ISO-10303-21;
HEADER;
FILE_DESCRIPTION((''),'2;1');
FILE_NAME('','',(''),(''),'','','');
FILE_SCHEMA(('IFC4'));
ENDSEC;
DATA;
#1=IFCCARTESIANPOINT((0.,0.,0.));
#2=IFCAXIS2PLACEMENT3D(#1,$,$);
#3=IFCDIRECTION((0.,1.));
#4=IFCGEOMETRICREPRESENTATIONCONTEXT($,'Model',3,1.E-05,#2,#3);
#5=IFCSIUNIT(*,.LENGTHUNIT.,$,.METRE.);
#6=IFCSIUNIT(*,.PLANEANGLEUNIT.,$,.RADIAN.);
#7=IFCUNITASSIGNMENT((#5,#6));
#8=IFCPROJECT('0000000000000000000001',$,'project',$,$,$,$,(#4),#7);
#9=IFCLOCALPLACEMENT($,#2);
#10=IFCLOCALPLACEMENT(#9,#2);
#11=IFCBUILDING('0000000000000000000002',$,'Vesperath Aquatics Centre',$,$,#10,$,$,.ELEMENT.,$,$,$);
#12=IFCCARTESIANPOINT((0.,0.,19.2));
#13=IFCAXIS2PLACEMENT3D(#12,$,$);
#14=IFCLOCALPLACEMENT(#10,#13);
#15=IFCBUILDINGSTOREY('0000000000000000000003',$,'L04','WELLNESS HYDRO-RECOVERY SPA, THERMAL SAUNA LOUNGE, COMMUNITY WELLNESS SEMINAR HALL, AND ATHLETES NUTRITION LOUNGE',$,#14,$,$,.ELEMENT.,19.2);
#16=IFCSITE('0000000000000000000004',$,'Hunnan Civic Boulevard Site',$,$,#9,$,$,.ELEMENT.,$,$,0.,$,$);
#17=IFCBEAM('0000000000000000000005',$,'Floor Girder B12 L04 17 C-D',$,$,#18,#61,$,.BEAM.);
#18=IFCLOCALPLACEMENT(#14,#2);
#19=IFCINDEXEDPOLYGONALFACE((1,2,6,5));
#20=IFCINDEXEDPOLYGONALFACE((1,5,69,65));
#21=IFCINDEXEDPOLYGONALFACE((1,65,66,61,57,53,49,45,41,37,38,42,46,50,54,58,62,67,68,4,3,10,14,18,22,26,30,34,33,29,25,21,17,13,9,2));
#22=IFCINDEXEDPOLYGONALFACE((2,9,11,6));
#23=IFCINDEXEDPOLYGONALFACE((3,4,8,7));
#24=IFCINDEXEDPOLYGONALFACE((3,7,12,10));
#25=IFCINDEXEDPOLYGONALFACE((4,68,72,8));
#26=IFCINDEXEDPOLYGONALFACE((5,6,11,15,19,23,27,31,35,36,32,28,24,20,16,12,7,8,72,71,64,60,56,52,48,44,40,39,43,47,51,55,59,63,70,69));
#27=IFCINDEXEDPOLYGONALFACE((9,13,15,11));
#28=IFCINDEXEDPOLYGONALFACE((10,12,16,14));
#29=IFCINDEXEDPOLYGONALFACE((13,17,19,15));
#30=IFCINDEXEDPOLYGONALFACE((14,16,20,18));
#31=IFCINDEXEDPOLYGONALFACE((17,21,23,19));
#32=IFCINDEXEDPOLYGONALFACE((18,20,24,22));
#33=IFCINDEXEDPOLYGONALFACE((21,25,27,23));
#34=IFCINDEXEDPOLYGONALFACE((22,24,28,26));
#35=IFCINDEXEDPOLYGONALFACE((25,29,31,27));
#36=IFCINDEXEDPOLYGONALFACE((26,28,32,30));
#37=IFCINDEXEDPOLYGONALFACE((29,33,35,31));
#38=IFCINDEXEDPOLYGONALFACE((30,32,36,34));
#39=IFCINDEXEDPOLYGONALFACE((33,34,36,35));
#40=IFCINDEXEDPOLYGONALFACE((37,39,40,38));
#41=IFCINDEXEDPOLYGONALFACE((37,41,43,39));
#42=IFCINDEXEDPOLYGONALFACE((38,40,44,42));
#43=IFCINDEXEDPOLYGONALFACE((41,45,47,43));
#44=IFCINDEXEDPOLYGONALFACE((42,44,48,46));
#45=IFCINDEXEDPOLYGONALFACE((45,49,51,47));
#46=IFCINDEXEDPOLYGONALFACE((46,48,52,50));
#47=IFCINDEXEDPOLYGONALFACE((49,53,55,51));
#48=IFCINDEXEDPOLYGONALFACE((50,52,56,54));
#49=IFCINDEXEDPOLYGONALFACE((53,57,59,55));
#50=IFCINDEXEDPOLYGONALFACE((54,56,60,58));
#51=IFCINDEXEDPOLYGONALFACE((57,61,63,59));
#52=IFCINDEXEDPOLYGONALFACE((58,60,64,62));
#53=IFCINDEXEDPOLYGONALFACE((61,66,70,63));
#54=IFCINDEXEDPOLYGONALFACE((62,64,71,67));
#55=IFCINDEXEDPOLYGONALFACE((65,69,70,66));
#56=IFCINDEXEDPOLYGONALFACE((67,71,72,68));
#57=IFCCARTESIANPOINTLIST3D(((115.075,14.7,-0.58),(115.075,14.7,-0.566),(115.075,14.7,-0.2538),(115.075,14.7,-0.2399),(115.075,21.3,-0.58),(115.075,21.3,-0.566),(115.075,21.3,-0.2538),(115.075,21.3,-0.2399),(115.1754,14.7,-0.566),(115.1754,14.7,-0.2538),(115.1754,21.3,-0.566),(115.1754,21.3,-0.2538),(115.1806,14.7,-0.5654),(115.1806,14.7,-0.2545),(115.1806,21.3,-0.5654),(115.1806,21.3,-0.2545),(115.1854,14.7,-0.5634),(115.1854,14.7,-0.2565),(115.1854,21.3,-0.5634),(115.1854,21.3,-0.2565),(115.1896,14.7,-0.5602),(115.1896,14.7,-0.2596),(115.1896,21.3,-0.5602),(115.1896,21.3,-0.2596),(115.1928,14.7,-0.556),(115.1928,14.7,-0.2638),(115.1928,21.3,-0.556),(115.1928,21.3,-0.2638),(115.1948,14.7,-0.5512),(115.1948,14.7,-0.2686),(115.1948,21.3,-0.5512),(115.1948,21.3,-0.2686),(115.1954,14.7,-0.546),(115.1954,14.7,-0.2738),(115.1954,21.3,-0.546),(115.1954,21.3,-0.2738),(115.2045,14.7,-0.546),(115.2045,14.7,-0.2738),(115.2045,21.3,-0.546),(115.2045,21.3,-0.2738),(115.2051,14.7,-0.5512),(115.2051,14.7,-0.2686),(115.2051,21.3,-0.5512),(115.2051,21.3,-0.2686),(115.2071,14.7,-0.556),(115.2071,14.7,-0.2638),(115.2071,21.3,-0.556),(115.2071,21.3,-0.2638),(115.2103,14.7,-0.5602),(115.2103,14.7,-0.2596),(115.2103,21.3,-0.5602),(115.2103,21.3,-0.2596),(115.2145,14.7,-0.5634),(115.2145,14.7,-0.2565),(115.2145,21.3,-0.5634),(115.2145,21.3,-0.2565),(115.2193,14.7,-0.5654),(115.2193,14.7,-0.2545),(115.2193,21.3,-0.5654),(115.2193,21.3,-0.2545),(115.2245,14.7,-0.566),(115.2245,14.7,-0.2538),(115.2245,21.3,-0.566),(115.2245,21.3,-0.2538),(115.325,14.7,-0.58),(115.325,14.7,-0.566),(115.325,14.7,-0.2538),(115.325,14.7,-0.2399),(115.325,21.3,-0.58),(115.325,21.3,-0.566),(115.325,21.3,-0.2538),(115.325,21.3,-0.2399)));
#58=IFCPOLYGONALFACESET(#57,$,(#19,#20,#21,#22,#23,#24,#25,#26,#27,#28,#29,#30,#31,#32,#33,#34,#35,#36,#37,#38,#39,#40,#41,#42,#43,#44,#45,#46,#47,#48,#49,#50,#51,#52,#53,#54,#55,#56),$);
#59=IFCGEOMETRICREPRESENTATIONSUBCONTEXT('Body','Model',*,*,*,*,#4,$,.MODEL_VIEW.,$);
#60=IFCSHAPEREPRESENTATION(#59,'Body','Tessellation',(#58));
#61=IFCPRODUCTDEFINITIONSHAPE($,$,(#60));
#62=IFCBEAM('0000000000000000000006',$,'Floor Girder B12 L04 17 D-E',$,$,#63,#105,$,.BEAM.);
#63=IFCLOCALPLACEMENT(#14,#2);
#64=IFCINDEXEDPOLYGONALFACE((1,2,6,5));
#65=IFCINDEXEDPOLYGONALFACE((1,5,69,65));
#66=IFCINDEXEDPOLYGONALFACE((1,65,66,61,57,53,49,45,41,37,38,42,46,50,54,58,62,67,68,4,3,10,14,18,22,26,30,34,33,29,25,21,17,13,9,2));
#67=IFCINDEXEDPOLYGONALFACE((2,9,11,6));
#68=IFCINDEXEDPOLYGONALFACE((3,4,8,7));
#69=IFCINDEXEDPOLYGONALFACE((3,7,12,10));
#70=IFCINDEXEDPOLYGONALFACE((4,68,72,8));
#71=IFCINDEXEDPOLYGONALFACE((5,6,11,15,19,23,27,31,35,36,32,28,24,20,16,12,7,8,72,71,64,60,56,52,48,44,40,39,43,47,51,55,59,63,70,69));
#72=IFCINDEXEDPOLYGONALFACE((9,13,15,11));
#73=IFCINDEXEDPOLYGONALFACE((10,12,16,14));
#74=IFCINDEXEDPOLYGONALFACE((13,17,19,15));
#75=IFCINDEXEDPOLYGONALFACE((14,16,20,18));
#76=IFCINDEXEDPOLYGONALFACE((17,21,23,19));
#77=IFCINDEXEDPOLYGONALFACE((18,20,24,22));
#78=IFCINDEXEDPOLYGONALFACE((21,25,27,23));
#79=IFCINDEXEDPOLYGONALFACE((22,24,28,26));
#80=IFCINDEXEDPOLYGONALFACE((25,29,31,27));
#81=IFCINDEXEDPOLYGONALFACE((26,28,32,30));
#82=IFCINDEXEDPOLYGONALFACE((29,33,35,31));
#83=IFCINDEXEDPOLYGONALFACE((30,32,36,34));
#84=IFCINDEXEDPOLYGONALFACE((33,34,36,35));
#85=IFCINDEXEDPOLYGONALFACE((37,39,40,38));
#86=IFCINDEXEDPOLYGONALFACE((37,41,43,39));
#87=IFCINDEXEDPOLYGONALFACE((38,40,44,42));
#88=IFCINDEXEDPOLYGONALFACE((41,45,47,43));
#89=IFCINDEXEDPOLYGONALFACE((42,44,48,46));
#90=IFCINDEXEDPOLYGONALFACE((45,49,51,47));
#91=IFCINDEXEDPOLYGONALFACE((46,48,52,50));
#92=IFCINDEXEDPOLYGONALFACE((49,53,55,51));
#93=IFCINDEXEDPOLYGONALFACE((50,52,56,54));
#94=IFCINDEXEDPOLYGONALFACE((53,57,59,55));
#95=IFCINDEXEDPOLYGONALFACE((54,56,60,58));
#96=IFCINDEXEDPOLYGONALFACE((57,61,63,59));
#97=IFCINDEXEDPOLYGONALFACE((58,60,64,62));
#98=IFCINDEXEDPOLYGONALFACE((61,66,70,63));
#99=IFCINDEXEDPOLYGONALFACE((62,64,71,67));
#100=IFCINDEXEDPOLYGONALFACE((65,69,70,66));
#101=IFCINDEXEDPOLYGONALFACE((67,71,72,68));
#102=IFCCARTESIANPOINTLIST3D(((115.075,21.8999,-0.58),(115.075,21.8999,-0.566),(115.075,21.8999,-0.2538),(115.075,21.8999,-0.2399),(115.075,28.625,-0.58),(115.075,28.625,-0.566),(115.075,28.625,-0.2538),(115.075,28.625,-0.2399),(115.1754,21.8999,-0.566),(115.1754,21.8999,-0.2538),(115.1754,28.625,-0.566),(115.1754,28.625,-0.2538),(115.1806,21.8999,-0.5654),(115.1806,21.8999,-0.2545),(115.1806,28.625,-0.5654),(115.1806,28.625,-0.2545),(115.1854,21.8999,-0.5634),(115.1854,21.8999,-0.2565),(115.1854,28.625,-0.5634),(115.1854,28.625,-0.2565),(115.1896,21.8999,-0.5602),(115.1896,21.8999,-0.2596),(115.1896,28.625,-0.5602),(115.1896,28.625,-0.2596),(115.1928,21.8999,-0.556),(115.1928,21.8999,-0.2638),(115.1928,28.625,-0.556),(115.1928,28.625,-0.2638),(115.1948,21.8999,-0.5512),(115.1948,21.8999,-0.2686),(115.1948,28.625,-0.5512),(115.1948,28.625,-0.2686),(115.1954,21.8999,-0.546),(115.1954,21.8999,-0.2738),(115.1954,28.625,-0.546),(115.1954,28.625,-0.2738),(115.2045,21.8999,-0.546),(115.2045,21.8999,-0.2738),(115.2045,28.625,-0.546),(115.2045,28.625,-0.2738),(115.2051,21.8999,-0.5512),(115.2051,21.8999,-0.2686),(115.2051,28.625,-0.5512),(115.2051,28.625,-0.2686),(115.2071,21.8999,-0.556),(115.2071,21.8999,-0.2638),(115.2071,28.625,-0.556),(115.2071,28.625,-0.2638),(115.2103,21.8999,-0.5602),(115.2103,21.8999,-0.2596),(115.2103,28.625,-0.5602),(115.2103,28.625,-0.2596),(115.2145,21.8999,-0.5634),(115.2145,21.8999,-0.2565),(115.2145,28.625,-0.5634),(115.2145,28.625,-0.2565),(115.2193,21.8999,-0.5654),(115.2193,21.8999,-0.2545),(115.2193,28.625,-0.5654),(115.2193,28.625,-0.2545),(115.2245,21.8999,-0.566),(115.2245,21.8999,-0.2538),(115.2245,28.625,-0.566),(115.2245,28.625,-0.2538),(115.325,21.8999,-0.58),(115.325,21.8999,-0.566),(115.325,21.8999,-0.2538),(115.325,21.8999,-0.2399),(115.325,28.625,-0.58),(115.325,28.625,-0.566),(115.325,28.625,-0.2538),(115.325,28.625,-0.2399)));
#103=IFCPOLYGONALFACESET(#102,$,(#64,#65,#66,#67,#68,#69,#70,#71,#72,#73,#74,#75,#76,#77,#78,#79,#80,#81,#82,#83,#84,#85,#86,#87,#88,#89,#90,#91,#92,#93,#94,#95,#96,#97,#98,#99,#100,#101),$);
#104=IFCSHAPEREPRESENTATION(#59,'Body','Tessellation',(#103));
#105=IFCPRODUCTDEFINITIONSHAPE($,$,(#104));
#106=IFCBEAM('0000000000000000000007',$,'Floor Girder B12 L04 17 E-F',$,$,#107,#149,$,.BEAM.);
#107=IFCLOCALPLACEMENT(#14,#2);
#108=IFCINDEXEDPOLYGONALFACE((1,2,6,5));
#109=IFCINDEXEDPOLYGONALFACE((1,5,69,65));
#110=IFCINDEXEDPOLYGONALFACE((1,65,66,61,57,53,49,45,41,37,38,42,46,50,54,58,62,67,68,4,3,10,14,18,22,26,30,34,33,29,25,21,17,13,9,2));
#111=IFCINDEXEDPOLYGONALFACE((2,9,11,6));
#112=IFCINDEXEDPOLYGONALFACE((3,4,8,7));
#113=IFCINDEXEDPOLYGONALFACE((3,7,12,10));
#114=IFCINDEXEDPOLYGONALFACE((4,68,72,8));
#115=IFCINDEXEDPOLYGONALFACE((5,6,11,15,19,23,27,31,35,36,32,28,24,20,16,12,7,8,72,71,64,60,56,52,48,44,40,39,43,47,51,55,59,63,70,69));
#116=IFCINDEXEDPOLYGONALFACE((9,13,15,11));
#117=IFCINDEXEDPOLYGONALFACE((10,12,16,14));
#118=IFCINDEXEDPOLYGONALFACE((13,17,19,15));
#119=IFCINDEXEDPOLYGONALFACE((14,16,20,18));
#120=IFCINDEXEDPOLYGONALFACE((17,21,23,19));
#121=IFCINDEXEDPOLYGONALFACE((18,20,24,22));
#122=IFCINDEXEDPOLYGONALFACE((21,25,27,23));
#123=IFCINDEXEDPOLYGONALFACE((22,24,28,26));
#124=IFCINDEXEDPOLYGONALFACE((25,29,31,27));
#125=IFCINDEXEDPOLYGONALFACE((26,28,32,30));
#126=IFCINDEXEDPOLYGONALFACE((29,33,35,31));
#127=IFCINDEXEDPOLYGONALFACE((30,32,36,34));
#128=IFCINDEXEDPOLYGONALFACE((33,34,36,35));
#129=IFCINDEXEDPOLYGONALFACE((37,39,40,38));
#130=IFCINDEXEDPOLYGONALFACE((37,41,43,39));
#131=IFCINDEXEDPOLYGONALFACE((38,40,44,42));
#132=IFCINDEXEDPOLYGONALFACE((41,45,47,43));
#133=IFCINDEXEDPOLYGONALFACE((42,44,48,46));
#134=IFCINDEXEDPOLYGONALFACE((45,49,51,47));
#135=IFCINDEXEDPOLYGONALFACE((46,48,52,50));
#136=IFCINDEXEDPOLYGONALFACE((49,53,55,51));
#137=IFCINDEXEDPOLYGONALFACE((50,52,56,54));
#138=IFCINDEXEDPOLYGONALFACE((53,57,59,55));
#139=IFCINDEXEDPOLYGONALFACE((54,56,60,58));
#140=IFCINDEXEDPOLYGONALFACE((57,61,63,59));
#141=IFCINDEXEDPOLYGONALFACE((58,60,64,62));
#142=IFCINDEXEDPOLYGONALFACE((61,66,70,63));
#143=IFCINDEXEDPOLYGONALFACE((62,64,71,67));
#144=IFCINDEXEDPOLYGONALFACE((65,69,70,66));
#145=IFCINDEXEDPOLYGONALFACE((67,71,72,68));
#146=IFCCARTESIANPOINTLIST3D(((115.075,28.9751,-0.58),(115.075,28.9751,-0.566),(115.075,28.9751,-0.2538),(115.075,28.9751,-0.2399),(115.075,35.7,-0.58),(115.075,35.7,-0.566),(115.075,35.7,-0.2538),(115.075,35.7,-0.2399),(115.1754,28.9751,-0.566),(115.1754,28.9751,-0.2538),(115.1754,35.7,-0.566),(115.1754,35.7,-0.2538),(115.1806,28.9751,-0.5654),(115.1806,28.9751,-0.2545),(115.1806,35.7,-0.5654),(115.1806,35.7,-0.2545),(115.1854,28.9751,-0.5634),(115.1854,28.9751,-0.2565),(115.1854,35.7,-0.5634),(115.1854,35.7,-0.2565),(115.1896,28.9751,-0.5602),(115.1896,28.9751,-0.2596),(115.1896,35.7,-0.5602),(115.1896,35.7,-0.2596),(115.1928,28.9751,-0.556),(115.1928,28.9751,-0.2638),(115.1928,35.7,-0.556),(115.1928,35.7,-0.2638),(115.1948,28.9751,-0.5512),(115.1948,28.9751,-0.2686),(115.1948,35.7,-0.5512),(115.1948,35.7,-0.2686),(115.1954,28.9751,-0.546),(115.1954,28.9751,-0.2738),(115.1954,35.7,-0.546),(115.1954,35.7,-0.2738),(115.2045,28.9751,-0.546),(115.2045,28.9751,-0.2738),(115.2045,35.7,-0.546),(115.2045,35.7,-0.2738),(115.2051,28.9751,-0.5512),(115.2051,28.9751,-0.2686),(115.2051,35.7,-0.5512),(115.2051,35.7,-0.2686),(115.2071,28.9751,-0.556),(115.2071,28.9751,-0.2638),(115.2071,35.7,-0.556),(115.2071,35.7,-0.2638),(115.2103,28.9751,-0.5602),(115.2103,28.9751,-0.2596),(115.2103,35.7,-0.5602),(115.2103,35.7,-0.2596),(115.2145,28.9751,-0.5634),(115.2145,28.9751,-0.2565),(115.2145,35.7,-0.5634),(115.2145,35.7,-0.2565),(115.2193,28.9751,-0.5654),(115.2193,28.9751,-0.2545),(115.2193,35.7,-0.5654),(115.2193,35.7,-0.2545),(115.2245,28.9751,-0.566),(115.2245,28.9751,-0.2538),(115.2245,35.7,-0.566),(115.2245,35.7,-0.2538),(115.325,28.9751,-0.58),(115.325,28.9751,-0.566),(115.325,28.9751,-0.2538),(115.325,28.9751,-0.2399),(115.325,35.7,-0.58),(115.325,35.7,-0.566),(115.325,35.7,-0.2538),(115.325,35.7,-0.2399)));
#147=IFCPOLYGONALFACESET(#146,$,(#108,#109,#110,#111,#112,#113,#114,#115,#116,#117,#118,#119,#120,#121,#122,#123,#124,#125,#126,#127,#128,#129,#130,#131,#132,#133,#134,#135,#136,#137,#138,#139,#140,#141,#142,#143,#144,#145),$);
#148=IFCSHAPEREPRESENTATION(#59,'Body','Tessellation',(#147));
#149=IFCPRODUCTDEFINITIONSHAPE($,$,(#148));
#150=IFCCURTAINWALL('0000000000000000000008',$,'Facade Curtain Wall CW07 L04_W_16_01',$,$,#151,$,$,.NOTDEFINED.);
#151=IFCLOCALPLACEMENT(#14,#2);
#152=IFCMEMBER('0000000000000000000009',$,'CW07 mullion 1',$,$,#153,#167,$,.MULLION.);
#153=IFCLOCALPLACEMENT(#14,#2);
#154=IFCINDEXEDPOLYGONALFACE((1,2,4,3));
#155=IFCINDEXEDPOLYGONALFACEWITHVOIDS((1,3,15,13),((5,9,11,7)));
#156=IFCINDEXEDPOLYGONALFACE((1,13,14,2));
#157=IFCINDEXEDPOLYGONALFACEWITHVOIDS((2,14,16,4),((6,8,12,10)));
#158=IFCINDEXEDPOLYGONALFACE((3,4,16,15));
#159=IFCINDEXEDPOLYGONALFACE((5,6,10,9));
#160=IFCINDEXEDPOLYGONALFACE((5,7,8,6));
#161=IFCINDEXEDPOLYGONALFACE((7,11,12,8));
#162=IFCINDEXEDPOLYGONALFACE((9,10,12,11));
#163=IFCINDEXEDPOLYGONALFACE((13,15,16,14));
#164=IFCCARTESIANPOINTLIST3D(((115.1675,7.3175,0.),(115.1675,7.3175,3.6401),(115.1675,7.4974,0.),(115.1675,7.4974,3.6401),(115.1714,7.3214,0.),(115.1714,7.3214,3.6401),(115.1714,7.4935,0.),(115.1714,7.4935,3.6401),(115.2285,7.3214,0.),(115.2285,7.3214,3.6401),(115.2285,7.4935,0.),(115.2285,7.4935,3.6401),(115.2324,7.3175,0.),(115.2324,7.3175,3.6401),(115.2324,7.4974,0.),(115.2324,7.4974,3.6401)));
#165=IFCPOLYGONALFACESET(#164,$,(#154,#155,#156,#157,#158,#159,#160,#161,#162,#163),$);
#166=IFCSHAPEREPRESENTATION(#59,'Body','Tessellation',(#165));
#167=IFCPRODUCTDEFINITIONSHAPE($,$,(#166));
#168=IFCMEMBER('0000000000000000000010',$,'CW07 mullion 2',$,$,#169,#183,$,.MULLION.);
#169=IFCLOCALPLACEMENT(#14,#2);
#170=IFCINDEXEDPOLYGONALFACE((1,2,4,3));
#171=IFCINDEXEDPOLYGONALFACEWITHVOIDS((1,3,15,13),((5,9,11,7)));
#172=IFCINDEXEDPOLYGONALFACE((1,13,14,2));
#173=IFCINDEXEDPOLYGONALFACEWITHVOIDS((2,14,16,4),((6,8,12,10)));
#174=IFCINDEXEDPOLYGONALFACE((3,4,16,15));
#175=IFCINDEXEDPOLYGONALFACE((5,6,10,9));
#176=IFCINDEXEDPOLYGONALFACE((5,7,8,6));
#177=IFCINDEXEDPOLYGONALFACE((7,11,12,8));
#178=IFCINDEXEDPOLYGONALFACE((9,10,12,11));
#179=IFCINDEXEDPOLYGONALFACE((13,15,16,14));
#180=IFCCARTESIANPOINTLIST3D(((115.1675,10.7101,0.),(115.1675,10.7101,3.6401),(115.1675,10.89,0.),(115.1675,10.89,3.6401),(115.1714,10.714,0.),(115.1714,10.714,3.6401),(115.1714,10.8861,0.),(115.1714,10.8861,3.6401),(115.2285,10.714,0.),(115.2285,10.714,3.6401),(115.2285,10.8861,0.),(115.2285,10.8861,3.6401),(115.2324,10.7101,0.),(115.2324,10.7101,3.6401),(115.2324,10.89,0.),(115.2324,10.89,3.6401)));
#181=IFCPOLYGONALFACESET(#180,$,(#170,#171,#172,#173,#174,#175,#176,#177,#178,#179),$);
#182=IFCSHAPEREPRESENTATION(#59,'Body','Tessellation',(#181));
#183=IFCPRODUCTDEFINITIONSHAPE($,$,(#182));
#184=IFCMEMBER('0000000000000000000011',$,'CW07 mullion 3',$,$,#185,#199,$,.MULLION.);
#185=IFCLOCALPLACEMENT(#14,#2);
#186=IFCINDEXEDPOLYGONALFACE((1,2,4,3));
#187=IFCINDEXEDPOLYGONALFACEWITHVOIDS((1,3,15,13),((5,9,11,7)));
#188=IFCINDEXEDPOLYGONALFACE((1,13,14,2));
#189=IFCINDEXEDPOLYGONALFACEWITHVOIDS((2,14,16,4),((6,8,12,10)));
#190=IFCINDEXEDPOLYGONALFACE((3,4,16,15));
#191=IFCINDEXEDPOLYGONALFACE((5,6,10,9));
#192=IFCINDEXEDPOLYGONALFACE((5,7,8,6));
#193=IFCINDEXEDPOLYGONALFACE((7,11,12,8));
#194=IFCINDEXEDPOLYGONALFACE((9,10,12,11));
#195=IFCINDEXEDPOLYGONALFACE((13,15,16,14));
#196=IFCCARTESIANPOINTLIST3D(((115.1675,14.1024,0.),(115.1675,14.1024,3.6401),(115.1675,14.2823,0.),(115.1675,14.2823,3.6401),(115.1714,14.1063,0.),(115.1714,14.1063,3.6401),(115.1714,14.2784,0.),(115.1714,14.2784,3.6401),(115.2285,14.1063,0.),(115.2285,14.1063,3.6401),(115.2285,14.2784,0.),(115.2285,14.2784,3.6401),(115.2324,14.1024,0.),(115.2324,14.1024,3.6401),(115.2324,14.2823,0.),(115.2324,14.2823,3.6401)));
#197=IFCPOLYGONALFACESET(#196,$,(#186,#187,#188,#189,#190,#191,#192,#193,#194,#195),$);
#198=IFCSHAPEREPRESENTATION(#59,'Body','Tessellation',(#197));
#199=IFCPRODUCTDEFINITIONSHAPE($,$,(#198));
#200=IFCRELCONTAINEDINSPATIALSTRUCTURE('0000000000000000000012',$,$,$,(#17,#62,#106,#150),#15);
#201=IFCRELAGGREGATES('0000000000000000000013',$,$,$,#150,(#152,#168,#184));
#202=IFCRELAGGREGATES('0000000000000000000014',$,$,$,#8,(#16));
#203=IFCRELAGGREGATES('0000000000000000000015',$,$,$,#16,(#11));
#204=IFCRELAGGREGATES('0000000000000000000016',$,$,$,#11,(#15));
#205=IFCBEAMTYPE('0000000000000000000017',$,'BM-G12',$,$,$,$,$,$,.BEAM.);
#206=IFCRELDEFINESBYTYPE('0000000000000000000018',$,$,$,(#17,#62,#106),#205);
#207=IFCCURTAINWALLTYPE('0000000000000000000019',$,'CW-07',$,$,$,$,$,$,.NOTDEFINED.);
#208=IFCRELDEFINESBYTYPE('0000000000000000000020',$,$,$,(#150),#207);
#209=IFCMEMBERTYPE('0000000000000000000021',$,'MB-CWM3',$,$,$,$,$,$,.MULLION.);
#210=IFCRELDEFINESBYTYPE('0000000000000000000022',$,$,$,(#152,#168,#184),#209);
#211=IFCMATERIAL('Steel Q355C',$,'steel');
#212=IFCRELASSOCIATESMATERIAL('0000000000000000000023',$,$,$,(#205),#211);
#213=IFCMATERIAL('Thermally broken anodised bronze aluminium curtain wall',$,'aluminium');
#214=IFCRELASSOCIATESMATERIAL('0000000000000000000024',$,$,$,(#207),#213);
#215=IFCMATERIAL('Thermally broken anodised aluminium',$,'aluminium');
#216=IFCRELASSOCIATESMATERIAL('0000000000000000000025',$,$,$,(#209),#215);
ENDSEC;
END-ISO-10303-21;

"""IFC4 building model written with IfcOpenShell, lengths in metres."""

from ifc_helpers import new_model, si_unit, direction, frame, origin, origin_2d, place, context, subcontext, project, spatial, hollow_rectangle, i_section, extrude, material, material_profile, profile_set, type_object, element, aggregate, save


model = new_model("IFC4")

# Units and contexts
model_context = context("Model", 3, precision=1e-05, world=origin(), true_north=direction((0.0, 1.0)))
body_context = subcontext(model_context, "Body", "Model", "MODEL_VIEW")
ifc_project = project(units=[si_unit("LENGTHUNIT", "METRE"), si_unit("PLANEANGLEUNIT", "RADIAN")], contexts=[model_context])

# Site, building, storey
site_placement = place(None, origin())
site = spatial("IfcSite", under=ifc_project, at=site_placement, Name="Hunnan Civic Boulevard Site", CompositionType="ELEMENT", RefElevation=0.0)
building_placement = place(site_placement, origin())
building = spatial("IfcBuilding", under=site, at=building_placement, Name="Vesperath Aquatics Centre", CompositionType="ELEMENT")
storey_placement = place(building_placement, frame((0.0, 0.0, 19.2)))
storey = spatial("IfcBuildingStorey", under=building, at=storey_placement, Name="L04", Description="WELLNESS HYDRO-RECOVERY SPA, THERMAL SAUNA LOUNGE, COMMUNITY WELLNESS SEMINAR HALL, AND ATHLETES NUTRITION LOUNGE", CompositionType="ELEMENT", Elevation=19.2)

# Shared definitions
ifc_material_1 = material(Name="Steel Q355C", Category="steel")

# Beams
ifc_material_profile_1 = material_profile(ifc_material_1, i_section(OverallWidth=0.25, OverallDepth=0.3401, WebThickness=0.009, FlangeThickness=0.0139, FilletRadius=0.02, at=origin_2d()), Name="HM 340x250x9x14")
ifc_profile_set_1 = profile_set([ifc_material_profile_1], Name="Steel Q355C")
beam_type = type_object("IfcBeamType", Name="BM-G12", PredefinedType="BEAM", material=ifc_profile_set_1)
for number, where, z_axis, x_axis, name in (
    (1, (115.2, 14.7, -0.4099), (0.0, 1.0, 0.0), (-1.0, 0.0, 0.0), "Floor Girder B12 L04 17 C-D"),
):
    element("IfcBeam", number, at=place(storey_placement, frame(where, z_axis=z_axis, x_axis=x_axis)), inside=storey, type_object=beam_type, Name=name, PredefinedType="BEAM", context=body_context, shape_type="SweptSolid", body=[
        extrude(i_section(OverallWidth=0.25, OverallDepth=0.3401, WebThickness=0.009, FlangeThickness=0.0139, FilletRadius=0.02, at=origin_2d()), origin(), (0.0, 0.0, 1.0), 6.6001),
    ])
beam_1_placement = place(storey_placement, frame((115.2, 21.8999, -0.4099), z_axis=(0.0, 1.0, 0.0), x_axis=(-1.0, 0.0, 0.0)))
element("IfcBeam", 2, at=beam_1_placement, inside=storey, type_object=beam_type, Name="Floor Girder B12 L04 17 D-E", PredefinedType="BEAM", context=body_context, shape_type="SweptSolid", body=[
    extrude(i_section(OverallWidth=0.25, OverallDepth=0.3401, WebThickness=0.009, FlangeThickness=0.0139, FilletRadius=0.02, at=origin_2d()), origin(), (0.0, 0.0, 1.0), 6.7251),
])
beam_2_placement = place(storey_placement, frame((115.2, 28.9751, -0.4099), z_axis=(0.0, 1.0, 0.0), x_axis=(-1.0, 0.0, 0.0)))
element("IfcBeam", 3, at=beam_2_placement, inside=storey, type_object=beam_type, Name="Floor Girder B12 L04 17 E-F", PredefinedType="BEAM", context=body_context, shape_type="SweptSolid", body=[
    extrude(i_section(OverallWidth=0.25, OverallDepth=0.3401, WebThickness=0.009, FlangeThickness=0.0139, FilletRadius=0.02, at=origin_2d()), origin(), (0.0, 0.0, 1.0), 6.7249),
])

# Curtain wall, members
ifc_material_2 = material(Name="Thermally broken anodised bronze aluminium curtain wall", Category="aluminium")
curtain_wall_type = type_object("IfcCurtainWallType", Name="CW-07", PredefinedType="NOTDEFINED", material=ifc_material_2)
curtain_wall_1_placement = place(storey_placement, origin())
curtain_wall_1 = element("IfcCurtainWall", 4, at=curtain_wall_1_placement, inside=storey, type_object=curtain_wall_type, Name="Facade Curtain Wall CW07 L04_W_16_01", PredefinedType="NOTDEFINED")
ifc_material_3 = material(Name="Thermally broken anodised aluminium", Category="aluminium")
ifc_material_profile_2 = material_profile(ifc_material_3, hollow_rectangle(XDim=0.0649, YDim=0.1799, WallThickness=0.0039, at=origin_2d()), Name="CWM 65x180x4")
ifc_profile_set_2 = profile_set([ifc_material_profile_2], Name="Thermally broken anodised aluminium")
member_type_1 = type_object("IfcMemberType", Name="MB-CWM3", PredefinedType="MULLION", material=ifc_profile_set_2)
member_1_placement = place(storey_placement, frame((115.2, 7.4075, 0.0), z_axis=(0.0, 0.0, 1.0), x_axis=(-1.0, 0.0, 0.0)))
member_1 = element("IfcMember", 5, at=member_1_placement, type_object=member_type_1, Name="CW07 mullion 1", PredefinedType="MULLION", context=body_context, shape_type="SweptSolid", body=[
    extrude(hollow_rectangle(XDim=0.0649, YDim=0.1799, WallThickness=0.0039, at=origin_2d()), origin(), (0.0, 0.0, 1.0), 3.6401),
])
member_2_placement = place(storey_placement, frame((115.2, 10.8, 0.0), z_axis=(0.0, 0.0, 1.0), x_axis=(-1.0, 0.0, 0.0)))
member_2 = element("IfcMember", 6, at=member_2_placement, type_object=member_type_1, Name="CW07 mullion 2", PredefinedType="MULLION", context=body_context, shape_type="SweptSolid", body=[
    extrude(hollow_rectangle(XDim=0.0649, YDim=0.1799, WallThickness=0.0039, at=origin_2d()), origin(), (0.0, 0.0, 1.0), 3.6401),
])
member_3_placement = place(storey_placement, frame((115.2, 14.1924, 0.0), z_axis=(0.0, 0.0, 1.0), x_axis=(-1.0, 0.0, 0.0)))
member_3 = element("IfcMember", 7, at=member_3_placement, type_object=member_type_1, Name="CW07 mullion 3", PredefinedType="MULLION", context=body_context, shape_type="SweptSolid", body=[
    extrude(hollow_rectangle(XDim=0.0649, YDim=0.1799, WallThickness=0.0039, at=origin_2d()), origin(), (0.0, 0.0, 1.0), 3.6401),
])

aggregate(curtain_wall_1, [member_1, member_2, member_3])

save(model, "model.ifc")
